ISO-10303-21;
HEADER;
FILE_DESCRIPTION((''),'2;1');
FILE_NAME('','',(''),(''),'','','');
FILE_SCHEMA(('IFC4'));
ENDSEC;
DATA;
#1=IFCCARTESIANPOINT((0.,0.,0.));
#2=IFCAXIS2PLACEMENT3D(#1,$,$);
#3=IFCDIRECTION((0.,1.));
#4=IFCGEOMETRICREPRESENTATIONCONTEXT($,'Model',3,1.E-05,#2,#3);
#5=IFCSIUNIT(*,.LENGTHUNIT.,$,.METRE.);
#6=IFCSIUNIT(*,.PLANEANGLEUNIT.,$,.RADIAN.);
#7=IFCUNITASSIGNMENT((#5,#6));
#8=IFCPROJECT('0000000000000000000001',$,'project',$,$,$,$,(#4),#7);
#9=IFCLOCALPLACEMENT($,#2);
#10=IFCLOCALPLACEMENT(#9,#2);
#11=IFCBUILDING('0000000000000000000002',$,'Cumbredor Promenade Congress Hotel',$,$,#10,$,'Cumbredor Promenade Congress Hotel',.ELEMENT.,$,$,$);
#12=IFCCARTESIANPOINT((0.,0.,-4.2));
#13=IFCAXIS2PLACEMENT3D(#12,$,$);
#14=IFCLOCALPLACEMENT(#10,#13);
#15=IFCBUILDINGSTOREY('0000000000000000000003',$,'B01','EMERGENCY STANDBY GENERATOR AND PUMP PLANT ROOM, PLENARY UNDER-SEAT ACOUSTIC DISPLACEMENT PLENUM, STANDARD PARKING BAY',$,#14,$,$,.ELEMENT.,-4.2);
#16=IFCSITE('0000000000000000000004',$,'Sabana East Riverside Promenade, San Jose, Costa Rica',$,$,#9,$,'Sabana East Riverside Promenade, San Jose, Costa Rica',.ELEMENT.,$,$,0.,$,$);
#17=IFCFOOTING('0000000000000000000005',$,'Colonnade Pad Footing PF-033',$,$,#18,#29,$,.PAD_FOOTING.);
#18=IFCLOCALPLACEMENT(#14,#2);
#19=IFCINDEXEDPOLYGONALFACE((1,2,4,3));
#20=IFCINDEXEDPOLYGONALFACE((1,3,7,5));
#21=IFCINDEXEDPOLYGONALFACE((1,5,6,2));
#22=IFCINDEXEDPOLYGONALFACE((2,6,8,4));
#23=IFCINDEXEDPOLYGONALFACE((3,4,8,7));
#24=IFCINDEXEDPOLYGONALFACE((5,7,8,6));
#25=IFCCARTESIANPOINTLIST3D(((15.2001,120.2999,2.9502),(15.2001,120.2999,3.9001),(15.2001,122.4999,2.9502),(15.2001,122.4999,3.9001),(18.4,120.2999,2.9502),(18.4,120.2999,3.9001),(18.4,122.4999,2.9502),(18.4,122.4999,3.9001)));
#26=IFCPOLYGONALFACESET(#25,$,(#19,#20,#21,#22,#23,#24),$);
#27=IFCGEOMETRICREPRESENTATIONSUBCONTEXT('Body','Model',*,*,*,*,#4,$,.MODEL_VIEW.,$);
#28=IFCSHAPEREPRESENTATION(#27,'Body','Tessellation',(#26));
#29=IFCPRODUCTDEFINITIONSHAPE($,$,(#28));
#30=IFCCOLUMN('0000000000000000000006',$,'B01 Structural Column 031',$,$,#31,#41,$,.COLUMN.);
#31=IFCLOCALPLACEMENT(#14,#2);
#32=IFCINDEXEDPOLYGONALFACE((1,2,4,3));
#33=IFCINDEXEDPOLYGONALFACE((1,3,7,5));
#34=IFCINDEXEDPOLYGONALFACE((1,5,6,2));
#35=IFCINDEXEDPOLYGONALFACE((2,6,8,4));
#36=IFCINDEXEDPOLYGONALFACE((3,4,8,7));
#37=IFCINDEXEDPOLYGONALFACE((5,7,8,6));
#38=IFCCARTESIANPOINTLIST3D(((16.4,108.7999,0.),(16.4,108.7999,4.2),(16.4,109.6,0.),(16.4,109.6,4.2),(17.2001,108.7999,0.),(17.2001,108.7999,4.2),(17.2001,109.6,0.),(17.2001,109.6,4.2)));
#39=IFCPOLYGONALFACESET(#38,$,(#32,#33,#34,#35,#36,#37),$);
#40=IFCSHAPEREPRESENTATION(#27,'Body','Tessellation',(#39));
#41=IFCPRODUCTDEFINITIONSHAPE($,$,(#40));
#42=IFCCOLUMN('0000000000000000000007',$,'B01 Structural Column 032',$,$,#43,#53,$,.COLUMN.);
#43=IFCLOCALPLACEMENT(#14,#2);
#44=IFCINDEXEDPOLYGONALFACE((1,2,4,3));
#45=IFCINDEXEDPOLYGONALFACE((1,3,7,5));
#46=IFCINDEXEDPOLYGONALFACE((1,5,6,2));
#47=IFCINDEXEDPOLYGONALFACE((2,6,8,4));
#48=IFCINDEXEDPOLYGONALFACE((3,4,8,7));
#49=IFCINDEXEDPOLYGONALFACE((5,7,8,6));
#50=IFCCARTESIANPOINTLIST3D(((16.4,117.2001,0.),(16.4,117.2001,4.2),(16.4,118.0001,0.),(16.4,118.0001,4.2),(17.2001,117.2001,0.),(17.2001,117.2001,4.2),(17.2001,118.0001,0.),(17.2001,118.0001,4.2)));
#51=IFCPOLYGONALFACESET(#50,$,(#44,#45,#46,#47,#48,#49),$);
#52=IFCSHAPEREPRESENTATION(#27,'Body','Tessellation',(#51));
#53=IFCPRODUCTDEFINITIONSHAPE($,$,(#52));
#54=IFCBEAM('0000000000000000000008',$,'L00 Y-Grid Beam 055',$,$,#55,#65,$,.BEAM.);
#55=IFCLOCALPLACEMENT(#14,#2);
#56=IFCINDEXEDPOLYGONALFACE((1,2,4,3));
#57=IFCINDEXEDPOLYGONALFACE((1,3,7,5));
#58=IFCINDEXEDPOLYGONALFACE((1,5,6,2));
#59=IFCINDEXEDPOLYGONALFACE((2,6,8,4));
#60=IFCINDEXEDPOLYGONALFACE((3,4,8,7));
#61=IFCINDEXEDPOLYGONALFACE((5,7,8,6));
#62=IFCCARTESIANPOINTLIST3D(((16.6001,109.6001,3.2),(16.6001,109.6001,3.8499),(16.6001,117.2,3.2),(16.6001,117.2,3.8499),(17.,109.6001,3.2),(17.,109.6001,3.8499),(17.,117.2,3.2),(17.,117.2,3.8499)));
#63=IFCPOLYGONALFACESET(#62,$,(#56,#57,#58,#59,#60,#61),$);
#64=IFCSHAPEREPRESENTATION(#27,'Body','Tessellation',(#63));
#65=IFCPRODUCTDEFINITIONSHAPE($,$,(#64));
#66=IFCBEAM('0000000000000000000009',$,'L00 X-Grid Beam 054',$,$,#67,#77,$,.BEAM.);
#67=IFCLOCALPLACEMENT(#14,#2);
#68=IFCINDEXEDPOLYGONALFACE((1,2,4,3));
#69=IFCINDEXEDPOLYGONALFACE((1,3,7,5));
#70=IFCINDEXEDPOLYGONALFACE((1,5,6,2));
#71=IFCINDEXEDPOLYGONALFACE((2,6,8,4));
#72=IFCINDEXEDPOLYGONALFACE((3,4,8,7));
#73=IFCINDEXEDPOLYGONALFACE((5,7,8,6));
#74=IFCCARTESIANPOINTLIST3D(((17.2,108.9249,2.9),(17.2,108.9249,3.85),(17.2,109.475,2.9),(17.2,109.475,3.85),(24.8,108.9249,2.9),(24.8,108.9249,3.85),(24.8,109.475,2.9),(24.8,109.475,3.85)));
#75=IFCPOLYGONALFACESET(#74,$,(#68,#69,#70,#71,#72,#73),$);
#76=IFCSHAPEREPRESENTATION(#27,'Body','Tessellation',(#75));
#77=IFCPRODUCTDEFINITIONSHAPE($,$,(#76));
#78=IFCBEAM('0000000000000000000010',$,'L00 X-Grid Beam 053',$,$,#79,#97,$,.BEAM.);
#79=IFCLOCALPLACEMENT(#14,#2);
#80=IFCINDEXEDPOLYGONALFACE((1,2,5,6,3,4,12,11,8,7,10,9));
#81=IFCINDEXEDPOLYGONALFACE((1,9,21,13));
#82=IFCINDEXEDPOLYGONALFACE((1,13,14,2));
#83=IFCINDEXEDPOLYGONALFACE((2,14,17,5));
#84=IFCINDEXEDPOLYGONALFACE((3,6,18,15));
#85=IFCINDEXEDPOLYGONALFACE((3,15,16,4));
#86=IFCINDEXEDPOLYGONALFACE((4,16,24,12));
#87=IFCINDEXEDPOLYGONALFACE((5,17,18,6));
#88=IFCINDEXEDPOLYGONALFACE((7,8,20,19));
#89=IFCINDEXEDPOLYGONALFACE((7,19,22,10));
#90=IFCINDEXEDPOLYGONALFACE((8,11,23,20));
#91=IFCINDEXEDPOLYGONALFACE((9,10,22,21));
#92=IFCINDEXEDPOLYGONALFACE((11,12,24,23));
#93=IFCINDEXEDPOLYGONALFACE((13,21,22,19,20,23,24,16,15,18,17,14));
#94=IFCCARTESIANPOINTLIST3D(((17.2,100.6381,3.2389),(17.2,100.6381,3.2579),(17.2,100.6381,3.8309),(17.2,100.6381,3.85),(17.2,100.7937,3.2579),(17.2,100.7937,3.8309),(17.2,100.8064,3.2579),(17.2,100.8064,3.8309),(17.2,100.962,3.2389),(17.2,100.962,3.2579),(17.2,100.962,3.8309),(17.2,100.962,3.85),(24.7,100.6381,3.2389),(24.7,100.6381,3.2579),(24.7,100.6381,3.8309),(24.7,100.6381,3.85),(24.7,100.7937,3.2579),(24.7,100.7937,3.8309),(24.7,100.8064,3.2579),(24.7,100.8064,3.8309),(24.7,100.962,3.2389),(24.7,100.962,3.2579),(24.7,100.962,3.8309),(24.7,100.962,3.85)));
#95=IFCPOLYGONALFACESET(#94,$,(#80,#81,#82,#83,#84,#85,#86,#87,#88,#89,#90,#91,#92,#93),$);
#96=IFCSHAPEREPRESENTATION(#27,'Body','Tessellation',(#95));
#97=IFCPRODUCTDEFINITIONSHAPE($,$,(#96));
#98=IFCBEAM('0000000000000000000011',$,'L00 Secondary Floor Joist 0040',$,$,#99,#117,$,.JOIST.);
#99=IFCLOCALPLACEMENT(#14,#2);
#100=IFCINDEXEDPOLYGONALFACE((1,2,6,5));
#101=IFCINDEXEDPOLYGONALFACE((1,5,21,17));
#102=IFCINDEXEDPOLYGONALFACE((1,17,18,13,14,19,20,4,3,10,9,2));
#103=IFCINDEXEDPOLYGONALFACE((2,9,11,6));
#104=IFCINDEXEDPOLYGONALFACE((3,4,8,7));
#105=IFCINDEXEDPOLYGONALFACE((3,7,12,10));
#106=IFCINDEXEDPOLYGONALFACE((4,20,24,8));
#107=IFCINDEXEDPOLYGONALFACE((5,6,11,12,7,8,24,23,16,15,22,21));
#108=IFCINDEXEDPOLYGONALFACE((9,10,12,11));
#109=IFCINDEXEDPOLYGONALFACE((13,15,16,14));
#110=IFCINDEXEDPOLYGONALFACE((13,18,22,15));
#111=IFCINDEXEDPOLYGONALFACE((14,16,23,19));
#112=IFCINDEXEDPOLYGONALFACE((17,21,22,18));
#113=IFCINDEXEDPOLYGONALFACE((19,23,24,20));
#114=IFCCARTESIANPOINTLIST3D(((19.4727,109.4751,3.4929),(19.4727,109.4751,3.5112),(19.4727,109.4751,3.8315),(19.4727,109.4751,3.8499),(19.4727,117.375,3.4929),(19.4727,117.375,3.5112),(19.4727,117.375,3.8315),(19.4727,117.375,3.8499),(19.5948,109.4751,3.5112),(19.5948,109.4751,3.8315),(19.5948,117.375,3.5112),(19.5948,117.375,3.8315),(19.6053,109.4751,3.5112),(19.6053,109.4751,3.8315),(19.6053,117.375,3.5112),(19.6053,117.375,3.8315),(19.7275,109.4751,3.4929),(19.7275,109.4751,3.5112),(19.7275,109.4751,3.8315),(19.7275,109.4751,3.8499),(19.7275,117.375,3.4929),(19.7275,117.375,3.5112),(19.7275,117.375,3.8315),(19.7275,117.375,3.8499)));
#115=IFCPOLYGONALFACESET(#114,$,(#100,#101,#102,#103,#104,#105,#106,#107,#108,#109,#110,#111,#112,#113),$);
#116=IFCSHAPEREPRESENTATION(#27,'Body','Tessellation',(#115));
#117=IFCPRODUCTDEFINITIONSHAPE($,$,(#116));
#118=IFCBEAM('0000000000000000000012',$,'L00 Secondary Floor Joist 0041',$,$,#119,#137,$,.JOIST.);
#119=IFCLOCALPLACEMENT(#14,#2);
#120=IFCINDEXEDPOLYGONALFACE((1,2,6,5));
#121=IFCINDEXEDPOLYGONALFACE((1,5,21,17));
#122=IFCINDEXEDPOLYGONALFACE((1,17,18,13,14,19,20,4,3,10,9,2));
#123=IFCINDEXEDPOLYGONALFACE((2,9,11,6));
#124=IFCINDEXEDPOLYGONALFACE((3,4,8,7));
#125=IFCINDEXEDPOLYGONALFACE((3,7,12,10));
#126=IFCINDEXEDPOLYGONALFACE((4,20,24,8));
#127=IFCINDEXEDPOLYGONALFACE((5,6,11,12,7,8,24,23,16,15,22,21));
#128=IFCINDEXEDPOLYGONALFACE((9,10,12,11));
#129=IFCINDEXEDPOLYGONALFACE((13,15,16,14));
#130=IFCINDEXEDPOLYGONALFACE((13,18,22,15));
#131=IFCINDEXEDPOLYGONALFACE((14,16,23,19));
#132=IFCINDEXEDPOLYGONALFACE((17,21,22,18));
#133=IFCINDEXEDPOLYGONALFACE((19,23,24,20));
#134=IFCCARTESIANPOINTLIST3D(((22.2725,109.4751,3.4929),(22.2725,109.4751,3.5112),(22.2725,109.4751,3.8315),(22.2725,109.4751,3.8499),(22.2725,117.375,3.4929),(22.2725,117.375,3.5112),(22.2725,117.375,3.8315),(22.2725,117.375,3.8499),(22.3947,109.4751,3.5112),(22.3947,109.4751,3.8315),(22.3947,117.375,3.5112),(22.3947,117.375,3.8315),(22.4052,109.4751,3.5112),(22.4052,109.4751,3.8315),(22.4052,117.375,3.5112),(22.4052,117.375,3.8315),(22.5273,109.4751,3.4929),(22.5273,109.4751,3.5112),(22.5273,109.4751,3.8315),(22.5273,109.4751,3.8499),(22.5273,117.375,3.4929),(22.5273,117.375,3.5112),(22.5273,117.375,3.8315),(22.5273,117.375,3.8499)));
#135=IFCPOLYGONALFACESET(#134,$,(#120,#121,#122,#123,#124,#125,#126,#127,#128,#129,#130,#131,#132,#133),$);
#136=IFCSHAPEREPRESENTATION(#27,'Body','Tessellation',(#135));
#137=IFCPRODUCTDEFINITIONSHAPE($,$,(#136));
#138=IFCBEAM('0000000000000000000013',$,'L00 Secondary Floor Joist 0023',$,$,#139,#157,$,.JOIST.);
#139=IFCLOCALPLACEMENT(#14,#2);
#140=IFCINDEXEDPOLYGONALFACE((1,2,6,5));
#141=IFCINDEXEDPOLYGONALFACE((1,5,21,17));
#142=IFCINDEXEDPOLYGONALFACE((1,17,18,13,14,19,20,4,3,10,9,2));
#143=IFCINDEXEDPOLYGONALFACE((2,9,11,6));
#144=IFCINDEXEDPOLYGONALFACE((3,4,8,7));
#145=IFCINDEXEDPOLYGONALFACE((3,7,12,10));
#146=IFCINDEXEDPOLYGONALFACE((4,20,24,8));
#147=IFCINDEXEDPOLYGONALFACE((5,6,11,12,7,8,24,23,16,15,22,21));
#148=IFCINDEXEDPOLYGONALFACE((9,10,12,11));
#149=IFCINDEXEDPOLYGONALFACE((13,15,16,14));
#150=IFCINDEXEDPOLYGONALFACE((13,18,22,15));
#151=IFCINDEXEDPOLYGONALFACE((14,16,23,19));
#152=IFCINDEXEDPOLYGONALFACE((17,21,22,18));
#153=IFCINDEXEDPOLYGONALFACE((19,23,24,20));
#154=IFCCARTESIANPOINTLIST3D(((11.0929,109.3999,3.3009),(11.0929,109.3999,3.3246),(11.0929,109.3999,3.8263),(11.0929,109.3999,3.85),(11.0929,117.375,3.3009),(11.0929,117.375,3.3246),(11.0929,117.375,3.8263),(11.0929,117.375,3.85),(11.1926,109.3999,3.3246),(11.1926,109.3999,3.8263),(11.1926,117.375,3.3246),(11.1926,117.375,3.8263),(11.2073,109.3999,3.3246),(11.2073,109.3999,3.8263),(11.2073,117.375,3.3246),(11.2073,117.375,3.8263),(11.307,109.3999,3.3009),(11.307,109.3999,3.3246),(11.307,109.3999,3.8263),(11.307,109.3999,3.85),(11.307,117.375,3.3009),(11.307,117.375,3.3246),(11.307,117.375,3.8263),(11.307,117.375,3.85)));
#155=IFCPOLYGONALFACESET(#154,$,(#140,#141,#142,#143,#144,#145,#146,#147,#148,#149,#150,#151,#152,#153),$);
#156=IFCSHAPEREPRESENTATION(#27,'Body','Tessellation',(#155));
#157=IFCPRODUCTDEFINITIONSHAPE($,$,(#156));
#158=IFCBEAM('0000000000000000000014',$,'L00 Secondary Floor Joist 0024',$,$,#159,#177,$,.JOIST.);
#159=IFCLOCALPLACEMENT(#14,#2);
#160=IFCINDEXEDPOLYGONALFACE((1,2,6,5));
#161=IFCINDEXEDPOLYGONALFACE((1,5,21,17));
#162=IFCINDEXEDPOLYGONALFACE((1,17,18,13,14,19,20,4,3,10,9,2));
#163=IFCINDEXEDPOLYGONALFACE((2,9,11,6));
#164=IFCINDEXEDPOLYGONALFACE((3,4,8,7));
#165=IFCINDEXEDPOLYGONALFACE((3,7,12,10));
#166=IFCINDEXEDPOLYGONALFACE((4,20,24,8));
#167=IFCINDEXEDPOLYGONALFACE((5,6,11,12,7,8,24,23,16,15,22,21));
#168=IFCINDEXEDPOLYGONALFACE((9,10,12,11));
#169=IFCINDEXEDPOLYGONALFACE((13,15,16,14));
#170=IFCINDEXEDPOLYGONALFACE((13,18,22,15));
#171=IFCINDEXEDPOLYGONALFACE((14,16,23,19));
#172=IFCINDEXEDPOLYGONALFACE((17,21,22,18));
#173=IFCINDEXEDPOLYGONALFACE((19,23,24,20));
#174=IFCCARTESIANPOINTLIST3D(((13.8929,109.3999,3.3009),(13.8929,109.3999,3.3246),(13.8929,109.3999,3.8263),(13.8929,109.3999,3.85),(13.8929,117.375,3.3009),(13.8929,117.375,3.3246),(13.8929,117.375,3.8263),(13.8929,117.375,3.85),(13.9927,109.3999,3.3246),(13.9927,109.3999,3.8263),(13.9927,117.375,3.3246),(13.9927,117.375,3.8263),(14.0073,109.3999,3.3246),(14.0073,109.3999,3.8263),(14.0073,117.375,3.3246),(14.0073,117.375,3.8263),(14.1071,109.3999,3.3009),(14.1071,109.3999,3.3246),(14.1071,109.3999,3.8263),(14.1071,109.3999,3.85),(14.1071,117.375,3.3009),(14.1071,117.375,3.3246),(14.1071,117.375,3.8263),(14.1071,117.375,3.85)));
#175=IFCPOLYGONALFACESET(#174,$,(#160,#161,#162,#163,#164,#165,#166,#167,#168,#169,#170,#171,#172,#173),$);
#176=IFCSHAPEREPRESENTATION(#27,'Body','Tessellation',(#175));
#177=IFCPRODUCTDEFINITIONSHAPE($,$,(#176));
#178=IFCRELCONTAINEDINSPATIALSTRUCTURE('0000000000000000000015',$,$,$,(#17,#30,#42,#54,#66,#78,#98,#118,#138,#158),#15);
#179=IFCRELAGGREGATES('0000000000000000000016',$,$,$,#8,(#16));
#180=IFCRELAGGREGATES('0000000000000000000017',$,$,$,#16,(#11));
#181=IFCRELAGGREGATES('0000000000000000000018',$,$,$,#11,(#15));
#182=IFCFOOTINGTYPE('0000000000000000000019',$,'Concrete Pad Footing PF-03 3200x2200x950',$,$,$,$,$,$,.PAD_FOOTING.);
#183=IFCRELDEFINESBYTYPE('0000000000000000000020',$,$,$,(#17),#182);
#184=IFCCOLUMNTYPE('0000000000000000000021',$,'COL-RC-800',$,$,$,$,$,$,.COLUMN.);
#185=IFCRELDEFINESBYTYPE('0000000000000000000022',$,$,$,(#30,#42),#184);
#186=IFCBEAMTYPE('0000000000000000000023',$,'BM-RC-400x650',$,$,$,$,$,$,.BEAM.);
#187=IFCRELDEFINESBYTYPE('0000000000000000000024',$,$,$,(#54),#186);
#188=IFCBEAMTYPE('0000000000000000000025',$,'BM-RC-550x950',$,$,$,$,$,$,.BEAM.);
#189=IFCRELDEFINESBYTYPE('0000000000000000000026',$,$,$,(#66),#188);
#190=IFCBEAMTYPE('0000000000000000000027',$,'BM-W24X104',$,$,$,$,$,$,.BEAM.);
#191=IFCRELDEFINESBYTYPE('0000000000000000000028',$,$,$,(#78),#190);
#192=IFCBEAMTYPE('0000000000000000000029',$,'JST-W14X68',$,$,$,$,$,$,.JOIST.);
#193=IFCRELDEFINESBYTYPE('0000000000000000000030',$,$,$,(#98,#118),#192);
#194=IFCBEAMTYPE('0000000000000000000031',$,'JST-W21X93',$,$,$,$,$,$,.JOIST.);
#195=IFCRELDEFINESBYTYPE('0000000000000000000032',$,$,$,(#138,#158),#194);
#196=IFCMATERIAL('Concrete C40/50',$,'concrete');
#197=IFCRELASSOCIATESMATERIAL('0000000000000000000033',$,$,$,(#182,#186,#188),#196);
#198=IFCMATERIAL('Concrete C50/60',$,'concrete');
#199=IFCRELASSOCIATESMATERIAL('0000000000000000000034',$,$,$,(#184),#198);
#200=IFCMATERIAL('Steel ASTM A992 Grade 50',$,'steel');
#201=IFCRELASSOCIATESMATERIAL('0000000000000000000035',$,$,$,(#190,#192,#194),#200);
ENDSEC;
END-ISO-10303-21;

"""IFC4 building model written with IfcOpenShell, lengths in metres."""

from ifc_helpers import new_model, si_unit, direction, frame, origin, origin_2d, place, context, subcontext, project, spatial, rectangle, i_section, extrude, material, material_profile, profile_set, type_object, element, save


model = new_model("IFC4")

# Units and contexts
model_context = context("Model", 3, precision=1e-05, world=origin(), true_north=direction((0.0, 1.0)))
body_context = subcontext(model_context, "Body", "Model", "MODEL_VIEW")
ifc_project = project(units=[si_unit("LENGTHUNIT", "METRE"), si_unit("PLANEANGLEUNIT", "RADIAN")], contexts=[model_context])

# Site, building, storey
site_placement = place(None, origin())
site = spatial("IfcSite", under=ifc_project, at=site_placement, Name="Sabana East Riverside Promenade, San Jose, Costa Rica", LongName="Sabana East Riverside Promenade, San Jose, Costa Rica", CompositionType="ELEMENT", RefElevation=0.0)
building_placement = place(site_placement, origin())
building = spatial("IfcBuilding", under=site, at=building_placement, Name="Cumbredor Promenade Congress Hotel", LongName="Cumbredor Promenade Congress Hotel", CompositionType="ELEMENT")
storey_placement = place(building_placement, frame((0.0, 0.0, -4.2)))
storey = spatial("IfcBuildingStorey", under=building, at=storey_placement, Name="B01", Description="EMERGENCY STANDBY GENERATOR AND PUMP PLANT ROOM, PLENARY UNDER-SEAT ACOUSTIC DISPLACEMENT PLENUM, STANDARD PARKING BAY", CompositionType="ELEMENT", Elevation=-4.2)

# Footing
ifc_material_1 = material(Name="Concrete C40/50", Category="concrete")
footing_type = type_object("IfcFootingType", Name="Concrete Pad Footing PF-03 3200x2200x950", PredefinedType="PAD_FOOTING", material=ifc_material_1)
footing_placement = place(storey_placement, frame((16.8, 121.3999, 2.9502), z_axis=(0.0, 0.0, 1.0), x_axis=(1.0, 0.0, 0.0)))
element("IfcFooting", 1, at=footing_placement, inside=storey, type_object=footing_type, Name="Colonnade Pad Footing PF-033", PredefinedType="PAD_FOOTING", context=body_context, shape_type="SweptSolid", body=[
    extrude(rectangle(XDim=3.2, YDim=2.2, at=origin_2d()), origin(), (0.0, 0.0, 1.0), 0.95),
])

# Columns
ifc_material_2 = material(Name="Concrete C50/60", Category="concrete")
ifc_material_profile_1 = material_profile(ifc_material_2, rectangle(XDim=0.8, YDim=0.8, at=origin_2d()), Name="RC 800x800")
ifc_profile_set_1 = profile_set([ifc_material_profile_1], Name="Concrete C50/60")
column_type = type_object("IfcColumnType", Name="COL-RC-800", PredefinedType="COLUMN", material=ifc_profile_set_1)
for number, where, z_axis, x_axis, name in (
    (2, (16.8, 109.2, 0.0), (0.0, 0.0, 1.0), (1.0, 0.0, 0.0), "B01 Structural Column 031"),
    (3, (16.8, 117.6001, 0.0), (0.0, 0.0, 1.0), (1.0, 0.0, 0.0), "B01 Structural Column 032"),
):
    element("IfcColumn", number, at=place(storey_placement, frame(where, z_axis=z_axis, x_axis=x_axis)), inside=storey, type_object=column_type, Name=name, PredefinedType="COLUMN", context=body_context, shape_type="SweptSolid", body=[
        extrude(rectangle(XDim=0.8, YDim=0.8, at=origin_2d()), origin(), (0.0, 0.0, 1.0), 4.2),
    ])

# Beams
ifc_material_profile_2 = material_profile(ifc_material_1, rectangle(XDim=0.3999, YDim=0.6499, at=origin_2d()), Name="RC BEAM 400x650")
ifc_profile_set_2 = profile_set([ifc_material_profile_2], Name="Concrete C40/50")
beam_type_1 = type_object("IfcBeamType", Name="BM-RC-400x650", PredefinedType="BEAM", material=ifc_profile_set_2)
beam_1_placement = place(storey_placement, frame((16.8, 109.6001, 3.5249), z_axis=(0.0, 1.0, 0.0), x_axis=(-1.0, 0.0, 0.0)))
element("IfcBeam", 4, at=beam_1_placement, inside=storey, type_object=beam_type_1, Name="L00 Y-Grid Beam 055", PredefinedType="BEAM", context=body_context, shape_type="SweptSolid", body=[
    extrude(rectangle(XDim=0.3999, YDim=0.6499, at=origin_2d()), origin(), (0.0, 0.0, 1.0), 7.5999),
])
ifc_material_profile_3 = material_profile(ifc_material_1, rectangle(XDim=0.55, YDim=0.95, at=origin_2d()), Name="RC BEAM 550x950")
ifc_profile_set_3 = profile_set([ifc_material_profile_3], Name="Concrete C40/50")
beam_type_2 = type_object("IfcBeamType", Name="BM-RC-550x950", PredefinedType="BEAM", material=ifc_profile_set_3)
beam_2_placement = place(storey_placement, frame((17.2, 109.2, 3.375), z_axis=(1.0, 0.0, 0.0), x_axis=(0.0, 1.0, 0.0)))
element("IfcBeam", 5, at=beam_2_placement, inside=storey, type_object=beam_type_2, Name="L00 X-Grid Beam 054", PredefinedType="BEAM", context=body_context, shape_type="SweptSolid", body=[
    extrude(rectangle(XDim=0.55, YDim=0.95, at=origin_2d()), origin(), (0.0, 0.0, 1.0), 7.6001),
])
ifc_material_3 = material(Name="Steel ASTM A992 Grade 50", Category="steel")
ifc_material_profile_4 = material_profile(ifc_material_3, i_section(OverallWidth=0.324, OverallDepth=0.6111, WebThickness=0.0127, FlangeThickness=0.019, at=origin_2d()), Name="W24X104")
ifc_profile_set_4 = profile_set([ifc_material_profile_4], Name="Steel ASTM A992 Grade 50")
beam_type_3 = type_object("IfcBeamType", Name="BM-W24X104", PredefinedType="BEAM", material=ifc_profile_set_4)
beam_3_placement = place(storey_placement, frame((17.2, 100.8, 3.5444), z_axis=(1.0, 0.0, 0.0), x_axis=(0.0, 1.0, 0.0)))
element("IfcBeam", 6, at=beam_3_placement, inside=storey, type_object=beam_type_3, Name="L00 X-Grid Beam 053", PredefinedType="BEAM", context=body_context, shape_type="SweptSolid", body=[
    extrude(i_section(OverallWidth=0.324, OverallDepth=0.6111, WebThickness=0.0127, FlangeThickness=0.019, at=origin_2d()), origin(), (0.0, 0.0, 1.0), 7.5),
])
ifc_material_profile_5 = material_profile(ifc_material_3, i_section(OverallWidth=0.2549, OverallDepth=0.3569, WebThickness=0.0105, FlangeThickness=0.0183, at=origin_2d()), Name="W14X68")
ifc_profile_set_5 = profile_set([ifc_material_profile_5], Name="Steel ASTM A992 Grade 50")
beam_type_4 = type_object("IfcBeamType", Name="JST-W14X68", PredefinedType="JOIST", material=ifc_profile_set_5)
for number, where, z_axis, x_axis, name in (
    (7, (19.6001, 109.4751, 3.6714), (0.0, 1.0, 0.0), (-1.0, 0.0, 0.0), "L00 Secondary Floor Joist 0040"),
    (8, (22.3999, 109.4751, 3.6714), (0.0, 1.0, 0.0), (-1.0, 0.0, 0.0), "L00 Secondary Floor Joist 0041"),
):
    element("IfcBeam", number, at=place(storey_placement, frame(where, z_axis=z_axis, x_axis=x_axis)), inside=storey, type_object=beam_type_4, Name=name, PredefinedType="JOIST", context=body_context, shape_type="SweptSolid", body=[
        extrude(i_section(OverallWidth=0.2549, OverallDepth=0.3569, WebThickness=0.0105, FlangeThickness=0.0183, at=origin_2d()), origin(), (0.0, 0.0, 1.0), 7.8999),
    ])
ifc_material_profile_6 = material_profile(ifc_material_3, i_section(OverallWidth=0.2141, OverallDepth=0.5491, WebThickness=0.0146, FlangeThickness=0.0237, at=origin_2d()), Name="W21X93")
ifc_profile_set_6 = profile_set([ifc_material_profile_6], Name="Steel ASTM A992 Grade 50")
beam_type_5 = type_object("IfcBeamType", Name="JST-W21X93", PredefinedType="JOIST", material=ifc_profile_set_6)
for number, where, z_axis, x_axis, name in (
    (9, (11.2, 109.3999, 3.5754), (0.0, 1.0, 0.0), (-1.0, 0.0, 0.0), "L00 Secondary Floor Joist 0023"),
    (10, (14.0, 109.3999, 3.5754), (0.0, 1.0, 0.0), (-1.0, 0.0, 0.0), "L00 Secondary Floor Joist 0024"),
):
    element("IfcBeam", number, at=place(storey_placement, frame(where, z_axis=z_axis, x_axis=x_axis)), inside=storey, type_object=beam_type_5, Name=name, PredefinedType="JOIST", context=body_context, shape_type="SweptSolid", body=[
        extrude(i_section(OverallWidth=0.2141, OverallDepth=0.5491, WebThickness=0.0146, FlangeThickness=0.0237, at=origin_2d()), origin(), (0.0, 0.0, 1.0), 7.9751),
    ])

save(model, "model.ifc")
